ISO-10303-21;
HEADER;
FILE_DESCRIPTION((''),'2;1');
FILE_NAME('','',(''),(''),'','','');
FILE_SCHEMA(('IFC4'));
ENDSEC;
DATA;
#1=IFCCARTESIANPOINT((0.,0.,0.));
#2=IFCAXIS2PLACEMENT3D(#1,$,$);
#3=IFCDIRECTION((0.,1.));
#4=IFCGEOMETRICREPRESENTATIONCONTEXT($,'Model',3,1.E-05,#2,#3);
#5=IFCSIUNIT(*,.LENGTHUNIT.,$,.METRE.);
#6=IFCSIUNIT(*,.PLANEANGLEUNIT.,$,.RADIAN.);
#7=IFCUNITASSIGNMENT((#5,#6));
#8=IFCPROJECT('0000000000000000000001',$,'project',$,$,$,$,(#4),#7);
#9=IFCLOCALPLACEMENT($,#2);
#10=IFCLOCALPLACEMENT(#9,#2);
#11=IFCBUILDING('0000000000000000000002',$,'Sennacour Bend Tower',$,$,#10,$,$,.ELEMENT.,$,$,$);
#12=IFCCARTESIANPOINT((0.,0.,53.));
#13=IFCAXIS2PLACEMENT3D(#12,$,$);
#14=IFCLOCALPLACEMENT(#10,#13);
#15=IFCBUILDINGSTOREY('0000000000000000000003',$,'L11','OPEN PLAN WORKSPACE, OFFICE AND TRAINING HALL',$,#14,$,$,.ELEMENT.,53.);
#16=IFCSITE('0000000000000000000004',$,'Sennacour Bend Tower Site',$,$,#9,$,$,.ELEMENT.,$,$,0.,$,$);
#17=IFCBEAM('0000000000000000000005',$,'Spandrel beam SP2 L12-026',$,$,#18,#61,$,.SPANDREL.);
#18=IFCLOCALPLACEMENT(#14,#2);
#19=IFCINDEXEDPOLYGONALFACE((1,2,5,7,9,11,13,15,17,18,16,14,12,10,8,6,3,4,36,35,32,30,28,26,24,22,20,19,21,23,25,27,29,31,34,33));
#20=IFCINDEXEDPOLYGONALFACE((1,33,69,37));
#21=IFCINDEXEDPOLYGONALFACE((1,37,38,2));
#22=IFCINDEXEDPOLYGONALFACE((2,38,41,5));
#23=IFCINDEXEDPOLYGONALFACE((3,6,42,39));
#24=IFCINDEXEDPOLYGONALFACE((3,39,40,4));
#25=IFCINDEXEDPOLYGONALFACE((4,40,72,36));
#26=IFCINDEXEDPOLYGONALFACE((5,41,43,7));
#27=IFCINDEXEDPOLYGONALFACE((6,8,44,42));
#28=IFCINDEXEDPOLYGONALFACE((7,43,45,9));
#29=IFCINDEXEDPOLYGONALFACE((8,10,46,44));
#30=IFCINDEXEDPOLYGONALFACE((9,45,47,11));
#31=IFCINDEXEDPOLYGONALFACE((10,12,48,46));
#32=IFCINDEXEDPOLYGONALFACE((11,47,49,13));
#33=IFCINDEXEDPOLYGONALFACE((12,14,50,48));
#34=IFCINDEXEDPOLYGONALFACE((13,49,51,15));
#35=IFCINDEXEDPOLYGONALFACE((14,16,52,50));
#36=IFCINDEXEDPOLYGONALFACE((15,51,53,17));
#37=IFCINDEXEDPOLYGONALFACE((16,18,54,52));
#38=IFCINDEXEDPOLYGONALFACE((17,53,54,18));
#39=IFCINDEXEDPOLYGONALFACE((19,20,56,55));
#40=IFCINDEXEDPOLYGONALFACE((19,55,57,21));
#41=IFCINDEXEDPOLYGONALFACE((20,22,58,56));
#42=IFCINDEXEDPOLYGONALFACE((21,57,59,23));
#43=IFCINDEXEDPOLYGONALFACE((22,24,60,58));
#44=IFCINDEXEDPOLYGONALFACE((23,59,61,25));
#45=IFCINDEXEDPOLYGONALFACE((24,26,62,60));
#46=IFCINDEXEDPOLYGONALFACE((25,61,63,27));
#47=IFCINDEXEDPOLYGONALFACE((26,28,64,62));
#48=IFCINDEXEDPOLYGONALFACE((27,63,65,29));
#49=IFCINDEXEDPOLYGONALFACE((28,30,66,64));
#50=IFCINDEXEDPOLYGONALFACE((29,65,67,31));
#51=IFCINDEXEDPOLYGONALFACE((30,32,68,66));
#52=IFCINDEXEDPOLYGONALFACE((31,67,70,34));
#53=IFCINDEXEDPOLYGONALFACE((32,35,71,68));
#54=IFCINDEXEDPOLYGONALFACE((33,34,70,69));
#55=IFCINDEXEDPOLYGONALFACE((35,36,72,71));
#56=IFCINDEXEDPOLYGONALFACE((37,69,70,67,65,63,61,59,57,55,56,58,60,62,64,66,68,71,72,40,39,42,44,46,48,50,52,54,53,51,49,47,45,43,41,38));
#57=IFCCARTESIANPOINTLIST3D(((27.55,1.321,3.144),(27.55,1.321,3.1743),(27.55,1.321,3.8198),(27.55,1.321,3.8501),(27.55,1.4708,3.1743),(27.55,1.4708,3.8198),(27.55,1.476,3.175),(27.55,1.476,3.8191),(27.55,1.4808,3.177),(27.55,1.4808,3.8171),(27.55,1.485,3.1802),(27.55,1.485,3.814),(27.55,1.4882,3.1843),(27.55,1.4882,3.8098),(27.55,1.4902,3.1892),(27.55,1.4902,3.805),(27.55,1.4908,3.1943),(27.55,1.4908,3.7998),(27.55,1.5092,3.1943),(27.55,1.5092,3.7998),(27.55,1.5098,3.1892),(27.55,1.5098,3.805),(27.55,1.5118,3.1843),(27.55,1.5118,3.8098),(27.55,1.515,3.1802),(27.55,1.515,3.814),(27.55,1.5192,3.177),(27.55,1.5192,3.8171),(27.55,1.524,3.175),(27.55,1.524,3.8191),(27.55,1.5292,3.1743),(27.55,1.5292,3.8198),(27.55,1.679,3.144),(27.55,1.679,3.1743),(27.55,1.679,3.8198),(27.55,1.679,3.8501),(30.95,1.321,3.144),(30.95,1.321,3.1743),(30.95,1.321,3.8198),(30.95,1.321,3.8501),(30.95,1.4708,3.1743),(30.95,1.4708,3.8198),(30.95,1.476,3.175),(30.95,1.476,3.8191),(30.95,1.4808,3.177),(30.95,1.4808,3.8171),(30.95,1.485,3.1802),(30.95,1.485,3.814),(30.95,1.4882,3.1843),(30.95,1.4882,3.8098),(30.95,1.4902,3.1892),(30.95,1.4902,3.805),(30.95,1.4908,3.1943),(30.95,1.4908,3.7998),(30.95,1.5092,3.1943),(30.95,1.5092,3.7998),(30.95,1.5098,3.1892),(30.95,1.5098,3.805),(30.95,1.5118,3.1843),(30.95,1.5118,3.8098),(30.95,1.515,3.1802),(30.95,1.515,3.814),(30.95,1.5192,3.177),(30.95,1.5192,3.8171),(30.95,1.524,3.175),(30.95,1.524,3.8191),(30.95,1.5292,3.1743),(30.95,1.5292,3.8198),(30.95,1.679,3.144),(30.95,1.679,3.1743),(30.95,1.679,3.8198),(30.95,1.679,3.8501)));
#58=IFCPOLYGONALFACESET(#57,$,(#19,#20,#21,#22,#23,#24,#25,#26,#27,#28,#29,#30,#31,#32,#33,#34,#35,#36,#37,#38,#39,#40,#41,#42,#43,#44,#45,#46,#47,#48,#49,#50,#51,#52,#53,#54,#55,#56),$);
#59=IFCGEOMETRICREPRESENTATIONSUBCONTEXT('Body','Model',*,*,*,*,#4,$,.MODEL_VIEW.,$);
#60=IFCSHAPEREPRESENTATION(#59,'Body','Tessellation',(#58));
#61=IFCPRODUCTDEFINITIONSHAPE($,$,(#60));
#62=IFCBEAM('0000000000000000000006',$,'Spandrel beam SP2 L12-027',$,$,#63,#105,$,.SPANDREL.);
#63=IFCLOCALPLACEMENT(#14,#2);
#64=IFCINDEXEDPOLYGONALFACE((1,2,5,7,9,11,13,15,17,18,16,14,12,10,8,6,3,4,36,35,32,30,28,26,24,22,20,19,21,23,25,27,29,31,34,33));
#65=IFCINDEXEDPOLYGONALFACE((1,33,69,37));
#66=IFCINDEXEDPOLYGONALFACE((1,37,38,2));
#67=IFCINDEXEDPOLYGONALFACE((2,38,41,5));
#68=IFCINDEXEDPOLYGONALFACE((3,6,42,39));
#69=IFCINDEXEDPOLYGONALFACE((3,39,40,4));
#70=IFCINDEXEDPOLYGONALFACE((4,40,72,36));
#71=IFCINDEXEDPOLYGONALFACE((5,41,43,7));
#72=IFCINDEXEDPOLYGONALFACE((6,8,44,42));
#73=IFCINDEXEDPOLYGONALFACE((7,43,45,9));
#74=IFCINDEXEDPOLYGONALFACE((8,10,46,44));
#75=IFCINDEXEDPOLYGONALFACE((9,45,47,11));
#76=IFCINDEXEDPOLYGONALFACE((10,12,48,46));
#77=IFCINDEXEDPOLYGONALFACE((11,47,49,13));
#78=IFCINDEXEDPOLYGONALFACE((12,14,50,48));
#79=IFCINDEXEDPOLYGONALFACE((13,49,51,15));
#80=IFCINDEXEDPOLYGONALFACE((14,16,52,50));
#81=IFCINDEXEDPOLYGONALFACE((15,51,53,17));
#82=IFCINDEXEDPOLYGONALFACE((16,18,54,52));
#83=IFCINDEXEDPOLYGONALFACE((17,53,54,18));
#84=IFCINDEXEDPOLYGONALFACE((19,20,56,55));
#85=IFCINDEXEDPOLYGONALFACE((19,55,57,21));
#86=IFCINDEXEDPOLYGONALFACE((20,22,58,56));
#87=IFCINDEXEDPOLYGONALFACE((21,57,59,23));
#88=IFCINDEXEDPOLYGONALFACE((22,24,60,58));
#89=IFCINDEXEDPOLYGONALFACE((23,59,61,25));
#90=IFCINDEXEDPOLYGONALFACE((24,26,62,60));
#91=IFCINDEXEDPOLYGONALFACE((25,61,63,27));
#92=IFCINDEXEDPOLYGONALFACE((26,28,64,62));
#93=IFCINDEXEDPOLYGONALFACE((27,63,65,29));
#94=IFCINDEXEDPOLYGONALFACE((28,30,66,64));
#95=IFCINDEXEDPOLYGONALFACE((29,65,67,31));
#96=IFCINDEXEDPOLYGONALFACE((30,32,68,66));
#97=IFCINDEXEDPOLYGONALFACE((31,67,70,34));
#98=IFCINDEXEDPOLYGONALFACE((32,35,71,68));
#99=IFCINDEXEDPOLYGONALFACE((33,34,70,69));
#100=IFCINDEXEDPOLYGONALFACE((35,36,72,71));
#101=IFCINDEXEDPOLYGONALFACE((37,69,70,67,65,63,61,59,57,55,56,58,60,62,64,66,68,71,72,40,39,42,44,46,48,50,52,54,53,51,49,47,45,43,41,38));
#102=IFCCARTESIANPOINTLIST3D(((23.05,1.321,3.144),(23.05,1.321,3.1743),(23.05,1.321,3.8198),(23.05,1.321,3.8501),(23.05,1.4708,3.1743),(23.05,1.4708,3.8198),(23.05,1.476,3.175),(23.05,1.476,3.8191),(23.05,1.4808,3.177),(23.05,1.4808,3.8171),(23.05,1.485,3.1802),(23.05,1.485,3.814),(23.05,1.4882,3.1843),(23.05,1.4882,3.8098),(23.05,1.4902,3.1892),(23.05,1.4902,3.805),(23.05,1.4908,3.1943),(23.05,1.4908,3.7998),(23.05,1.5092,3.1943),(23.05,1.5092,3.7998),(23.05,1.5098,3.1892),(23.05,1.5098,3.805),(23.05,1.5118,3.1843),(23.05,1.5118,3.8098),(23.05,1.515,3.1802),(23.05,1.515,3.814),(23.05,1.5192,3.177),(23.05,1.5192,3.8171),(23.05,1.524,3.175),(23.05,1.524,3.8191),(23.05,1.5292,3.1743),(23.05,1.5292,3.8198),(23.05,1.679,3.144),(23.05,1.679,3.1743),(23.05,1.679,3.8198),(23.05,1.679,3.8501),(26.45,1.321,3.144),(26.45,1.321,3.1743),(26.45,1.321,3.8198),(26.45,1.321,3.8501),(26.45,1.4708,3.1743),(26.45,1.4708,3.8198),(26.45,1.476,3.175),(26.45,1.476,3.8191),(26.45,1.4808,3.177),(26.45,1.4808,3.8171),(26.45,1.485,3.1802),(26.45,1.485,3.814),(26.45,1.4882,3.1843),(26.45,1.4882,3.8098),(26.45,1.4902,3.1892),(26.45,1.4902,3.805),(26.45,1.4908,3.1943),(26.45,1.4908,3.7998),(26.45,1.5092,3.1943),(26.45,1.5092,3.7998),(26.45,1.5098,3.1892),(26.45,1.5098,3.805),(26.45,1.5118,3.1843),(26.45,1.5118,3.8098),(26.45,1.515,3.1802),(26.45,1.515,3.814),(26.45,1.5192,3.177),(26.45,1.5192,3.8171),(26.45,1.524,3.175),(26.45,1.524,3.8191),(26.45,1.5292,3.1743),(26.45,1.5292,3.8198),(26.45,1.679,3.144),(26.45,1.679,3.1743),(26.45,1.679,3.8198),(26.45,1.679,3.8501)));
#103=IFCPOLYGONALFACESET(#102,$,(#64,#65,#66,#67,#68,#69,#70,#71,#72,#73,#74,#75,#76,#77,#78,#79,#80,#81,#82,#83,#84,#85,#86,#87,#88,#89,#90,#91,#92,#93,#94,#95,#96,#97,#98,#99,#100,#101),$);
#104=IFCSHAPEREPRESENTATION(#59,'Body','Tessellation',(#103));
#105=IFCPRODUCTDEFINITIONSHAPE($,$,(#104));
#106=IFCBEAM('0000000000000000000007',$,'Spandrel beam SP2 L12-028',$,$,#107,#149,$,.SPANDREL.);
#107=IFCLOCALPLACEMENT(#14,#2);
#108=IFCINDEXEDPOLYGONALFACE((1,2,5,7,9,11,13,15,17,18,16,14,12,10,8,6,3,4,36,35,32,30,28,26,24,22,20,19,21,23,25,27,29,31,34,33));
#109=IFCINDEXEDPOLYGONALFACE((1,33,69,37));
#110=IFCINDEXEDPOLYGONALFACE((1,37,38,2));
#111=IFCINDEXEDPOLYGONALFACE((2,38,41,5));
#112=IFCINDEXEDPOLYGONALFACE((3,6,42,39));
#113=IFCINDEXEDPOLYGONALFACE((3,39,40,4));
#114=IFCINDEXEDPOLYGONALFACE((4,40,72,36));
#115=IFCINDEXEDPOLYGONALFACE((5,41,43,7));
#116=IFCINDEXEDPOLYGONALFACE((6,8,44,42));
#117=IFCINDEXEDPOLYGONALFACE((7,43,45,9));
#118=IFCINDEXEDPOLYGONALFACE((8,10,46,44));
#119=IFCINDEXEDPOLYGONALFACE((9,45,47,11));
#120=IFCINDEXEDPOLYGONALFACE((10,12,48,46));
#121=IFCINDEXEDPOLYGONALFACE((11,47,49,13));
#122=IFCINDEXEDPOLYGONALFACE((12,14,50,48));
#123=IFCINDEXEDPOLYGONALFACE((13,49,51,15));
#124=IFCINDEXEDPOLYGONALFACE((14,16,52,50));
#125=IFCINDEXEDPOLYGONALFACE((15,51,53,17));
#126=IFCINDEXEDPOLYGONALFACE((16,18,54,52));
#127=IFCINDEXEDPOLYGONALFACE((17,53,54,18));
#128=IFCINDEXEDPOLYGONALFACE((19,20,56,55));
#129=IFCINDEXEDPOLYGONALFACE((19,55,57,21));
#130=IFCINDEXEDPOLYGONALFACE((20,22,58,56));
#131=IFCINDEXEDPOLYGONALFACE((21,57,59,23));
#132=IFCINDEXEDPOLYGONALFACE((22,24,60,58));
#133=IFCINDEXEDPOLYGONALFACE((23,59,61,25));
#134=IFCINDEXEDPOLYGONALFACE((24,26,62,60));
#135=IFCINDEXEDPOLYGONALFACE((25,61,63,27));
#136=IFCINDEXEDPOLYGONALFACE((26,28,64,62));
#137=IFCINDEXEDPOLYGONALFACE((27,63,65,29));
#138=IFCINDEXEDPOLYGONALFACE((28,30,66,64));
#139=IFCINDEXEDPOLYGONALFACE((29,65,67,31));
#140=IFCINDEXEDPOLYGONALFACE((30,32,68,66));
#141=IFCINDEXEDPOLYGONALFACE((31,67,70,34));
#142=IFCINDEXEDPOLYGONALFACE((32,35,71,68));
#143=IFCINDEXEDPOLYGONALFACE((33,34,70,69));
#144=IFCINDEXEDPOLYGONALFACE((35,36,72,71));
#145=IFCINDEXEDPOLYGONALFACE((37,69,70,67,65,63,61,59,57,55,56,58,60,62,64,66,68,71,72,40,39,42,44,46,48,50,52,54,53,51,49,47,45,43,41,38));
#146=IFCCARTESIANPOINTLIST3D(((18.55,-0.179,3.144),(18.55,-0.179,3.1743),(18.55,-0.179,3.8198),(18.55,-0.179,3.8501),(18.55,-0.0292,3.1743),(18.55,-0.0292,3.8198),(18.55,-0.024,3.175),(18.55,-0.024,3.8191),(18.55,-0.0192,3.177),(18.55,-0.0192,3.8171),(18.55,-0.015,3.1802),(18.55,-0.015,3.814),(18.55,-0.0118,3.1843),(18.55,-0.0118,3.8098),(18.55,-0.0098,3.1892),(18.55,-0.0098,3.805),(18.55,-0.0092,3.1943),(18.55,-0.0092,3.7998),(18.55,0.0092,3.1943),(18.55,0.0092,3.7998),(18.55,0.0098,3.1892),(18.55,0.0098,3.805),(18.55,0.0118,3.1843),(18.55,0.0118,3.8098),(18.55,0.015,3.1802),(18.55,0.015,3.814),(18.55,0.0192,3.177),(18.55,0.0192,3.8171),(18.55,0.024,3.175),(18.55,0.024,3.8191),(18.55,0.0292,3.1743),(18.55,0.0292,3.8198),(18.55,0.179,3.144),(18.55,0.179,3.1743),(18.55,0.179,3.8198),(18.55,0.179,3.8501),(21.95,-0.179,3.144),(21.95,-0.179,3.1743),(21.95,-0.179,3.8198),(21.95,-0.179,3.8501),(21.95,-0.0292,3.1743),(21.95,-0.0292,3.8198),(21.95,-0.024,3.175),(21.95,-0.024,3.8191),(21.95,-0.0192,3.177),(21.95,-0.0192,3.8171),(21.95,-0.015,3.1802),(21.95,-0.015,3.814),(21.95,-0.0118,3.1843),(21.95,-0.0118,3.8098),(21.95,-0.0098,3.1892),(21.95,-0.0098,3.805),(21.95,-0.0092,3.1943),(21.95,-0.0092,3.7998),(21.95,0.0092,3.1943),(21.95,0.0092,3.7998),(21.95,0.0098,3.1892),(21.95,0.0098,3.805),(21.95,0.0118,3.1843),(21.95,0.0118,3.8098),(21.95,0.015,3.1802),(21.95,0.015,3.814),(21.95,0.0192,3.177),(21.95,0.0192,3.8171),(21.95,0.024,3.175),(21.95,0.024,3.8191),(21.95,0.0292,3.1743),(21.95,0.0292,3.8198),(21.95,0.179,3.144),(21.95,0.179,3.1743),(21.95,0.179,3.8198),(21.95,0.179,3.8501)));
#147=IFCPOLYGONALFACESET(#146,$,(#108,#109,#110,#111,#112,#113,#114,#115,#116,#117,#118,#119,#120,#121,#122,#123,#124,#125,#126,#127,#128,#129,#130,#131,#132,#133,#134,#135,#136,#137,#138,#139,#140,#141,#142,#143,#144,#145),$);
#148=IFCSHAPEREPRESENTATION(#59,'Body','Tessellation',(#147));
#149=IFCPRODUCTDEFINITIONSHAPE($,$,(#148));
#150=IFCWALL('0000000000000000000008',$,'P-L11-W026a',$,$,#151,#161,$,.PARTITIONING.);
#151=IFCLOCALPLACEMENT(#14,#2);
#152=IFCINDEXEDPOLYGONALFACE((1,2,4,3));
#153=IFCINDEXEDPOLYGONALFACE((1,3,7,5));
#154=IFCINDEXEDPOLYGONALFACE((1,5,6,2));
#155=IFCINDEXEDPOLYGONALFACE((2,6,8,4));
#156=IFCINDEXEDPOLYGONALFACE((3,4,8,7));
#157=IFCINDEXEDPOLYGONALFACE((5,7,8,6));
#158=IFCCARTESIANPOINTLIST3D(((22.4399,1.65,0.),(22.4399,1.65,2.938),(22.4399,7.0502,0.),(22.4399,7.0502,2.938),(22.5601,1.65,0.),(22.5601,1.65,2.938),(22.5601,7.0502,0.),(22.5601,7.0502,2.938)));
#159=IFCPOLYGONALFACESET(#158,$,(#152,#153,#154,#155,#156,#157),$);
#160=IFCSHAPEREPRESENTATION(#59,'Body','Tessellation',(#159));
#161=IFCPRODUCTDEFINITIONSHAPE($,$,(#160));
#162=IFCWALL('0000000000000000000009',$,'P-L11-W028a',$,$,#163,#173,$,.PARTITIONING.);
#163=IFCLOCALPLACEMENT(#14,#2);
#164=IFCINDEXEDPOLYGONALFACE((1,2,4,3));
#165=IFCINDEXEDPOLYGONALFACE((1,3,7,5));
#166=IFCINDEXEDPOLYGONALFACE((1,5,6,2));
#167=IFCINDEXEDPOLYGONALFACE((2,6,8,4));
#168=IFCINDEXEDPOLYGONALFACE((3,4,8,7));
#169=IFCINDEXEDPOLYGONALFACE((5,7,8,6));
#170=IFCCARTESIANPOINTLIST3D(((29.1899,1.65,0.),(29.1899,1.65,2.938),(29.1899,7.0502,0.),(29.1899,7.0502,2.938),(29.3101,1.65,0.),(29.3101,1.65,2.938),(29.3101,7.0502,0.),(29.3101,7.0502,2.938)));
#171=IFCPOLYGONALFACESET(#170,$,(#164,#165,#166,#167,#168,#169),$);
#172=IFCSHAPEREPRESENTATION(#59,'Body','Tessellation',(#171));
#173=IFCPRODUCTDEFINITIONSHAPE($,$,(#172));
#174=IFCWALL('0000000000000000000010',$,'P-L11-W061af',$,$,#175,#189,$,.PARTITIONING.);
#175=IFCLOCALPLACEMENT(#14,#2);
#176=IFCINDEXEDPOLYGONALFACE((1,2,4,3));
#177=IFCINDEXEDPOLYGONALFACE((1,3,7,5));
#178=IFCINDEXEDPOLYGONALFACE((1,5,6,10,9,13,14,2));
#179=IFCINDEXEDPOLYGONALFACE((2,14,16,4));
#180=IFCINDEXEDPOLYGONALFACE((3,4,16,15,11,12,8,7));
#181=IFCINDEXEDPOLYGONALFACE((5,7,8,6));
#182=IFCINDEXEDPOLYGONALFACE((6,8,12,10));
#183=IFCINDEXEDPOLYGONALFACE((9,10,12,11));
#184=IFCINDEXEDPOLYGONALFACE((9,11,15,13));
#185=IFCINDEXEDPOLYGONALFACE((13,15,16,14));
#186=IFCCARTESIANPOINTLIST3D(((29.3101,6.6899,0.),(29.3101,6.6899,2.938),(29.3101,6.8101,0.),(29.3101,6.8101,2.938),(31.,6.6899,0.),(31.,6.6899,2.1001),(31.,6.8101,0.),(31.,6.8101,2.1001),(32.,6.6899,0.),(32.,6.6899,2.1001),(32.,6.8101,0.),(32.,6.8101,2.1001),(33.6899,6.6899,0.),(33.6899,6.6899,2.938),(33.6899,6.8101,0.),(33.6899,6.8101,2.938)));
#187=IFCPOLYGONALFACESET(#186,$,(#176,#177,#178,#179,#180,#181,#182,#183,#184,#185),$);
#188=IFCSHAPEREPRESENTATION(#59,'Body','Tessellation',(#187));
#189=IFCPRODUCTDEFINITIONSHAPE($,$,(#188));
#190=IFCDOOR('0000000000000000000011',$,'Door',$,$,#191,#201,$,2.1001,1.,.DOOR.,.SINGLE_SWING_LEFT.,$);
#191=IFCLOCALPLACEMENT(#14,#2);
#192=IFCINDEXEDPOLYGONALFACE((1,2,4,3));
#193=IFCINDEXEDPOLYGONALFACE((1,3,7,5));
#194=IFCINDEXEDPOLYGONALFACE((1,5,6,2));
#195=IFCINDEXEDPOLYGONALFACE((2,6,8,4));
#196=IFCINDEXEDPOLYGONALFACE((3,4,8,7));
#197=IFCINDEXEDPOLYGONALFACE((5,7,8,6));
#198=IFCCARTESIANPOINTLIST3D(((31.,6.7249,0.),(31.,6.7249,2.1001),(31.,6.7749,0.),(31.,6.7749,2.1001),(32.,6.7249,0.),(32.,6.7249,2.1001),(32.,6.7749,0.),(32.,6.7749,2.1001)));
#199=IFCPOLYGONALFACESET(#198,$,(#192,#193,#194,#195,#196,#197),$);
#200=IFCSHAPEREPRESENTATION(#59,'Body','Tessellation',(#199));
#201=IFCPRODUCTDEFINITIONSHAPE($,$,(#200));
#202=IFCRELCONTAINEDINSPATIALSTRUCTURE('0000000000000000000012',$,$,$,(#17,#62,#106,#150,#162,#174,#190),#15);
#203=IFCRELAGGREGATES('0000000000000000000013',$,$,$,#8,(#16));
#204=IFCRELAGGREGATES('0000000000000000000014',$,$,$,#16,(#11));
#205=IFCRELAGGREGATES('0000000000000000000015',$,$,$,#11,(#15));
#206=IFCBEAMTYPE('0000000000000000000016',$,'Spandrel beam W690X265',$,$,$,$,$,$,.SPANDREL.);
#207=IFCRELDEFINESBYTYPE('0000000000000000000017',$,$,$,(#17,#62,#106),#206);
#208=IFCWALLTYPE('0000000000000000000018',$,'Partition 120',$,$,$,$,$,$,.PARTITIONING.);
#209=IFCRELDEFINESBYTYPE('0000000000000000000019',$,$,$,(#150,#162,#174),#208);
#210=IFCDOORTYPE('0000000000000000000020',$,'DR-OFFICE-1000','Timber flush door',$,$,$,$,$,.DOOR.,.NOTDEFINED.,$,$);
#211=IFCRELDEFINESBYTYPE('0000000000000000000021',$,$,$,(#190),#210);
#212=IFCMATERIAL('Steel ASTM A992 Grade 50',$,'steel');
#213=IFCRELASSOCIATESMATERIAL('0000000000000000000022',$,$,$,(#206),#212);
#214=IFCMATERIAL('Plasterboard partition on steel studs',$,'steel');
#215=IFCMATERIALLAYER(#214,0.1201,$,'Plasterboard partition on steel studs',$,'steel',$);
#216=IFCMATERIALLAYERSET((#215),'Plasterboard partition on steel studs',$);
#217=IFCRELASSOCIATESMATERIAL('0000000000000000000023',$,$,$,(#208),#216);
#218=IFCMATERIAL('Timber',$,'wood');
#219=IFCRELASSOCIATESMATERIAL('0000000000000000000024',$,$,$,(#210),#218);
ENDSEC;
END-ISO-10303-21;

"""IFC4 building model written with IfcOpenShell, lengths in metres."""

from ifc_helpers import new_model, si_unit, direction, frame, frame_2d, origin, origin_2d, place, context, subcontext, project, spatial, rectangle, i_section, extrude, material, layer, layer_set, material_profile, profile_set, type_object, element, fill, save


model = new_model("IFC4")

# Units and contexts
model_context = context("Model", 3, precision=1e-05, world=origin(), true_north=direction((0.0, 1.0)))
body_context = subcontext(model_context, "Body", "Model", "MODEL_VIEW")
ifc_project = project(units=[si_unit("LENGTHUNIT", "METRE"), si_unit("PLANEANGLEUNIT", "RADIAN")], contexts=[model_context])

# Site, building, storey
site_placement = place(None, origin())
site = spatial("IfcSite", under=ifc_project, at=site_placement, Name="Sennacour Bend Tower Site", CompositionType="ELEMENT", RefElevation=0.0)
building_placement = place(site_placement, origin())
building = spatial("IfcBuilding", under=site, at=building_placement, Name="Sennacour Bend Tower", CompositionType="ELEMENT")
storey_placement = place(building_placement, frame((0.0, 0.0, 53.0)))
storey = spatial("IfcBuildingStorey", under=building, at=storey_placement, Name="L11", Description="OPEN PLAN WORKSPACE, OFFICE AND TRAINING HALL", CompositionType="ELEMENT", Elevation=53.0)

# Beams
ifc_material_1 = material(Name="Steel ASTM A992 Grade 50", Category="steel")
ifc_material_profile_1 = material_profile(ifc_material_1, i_section(OverallWidth=0.3579, OverallDepth=0.7061, WebThickness=0.0183, FlangeThickness=0.0303, FilletRadius=0.02, at=origin_2d()), Name="Steel ASTM A992 Grade 50", Category="steel")
ifc_profile_set_1 = profile_set([ifc_material_profile_1], Name="Steel ASTM A992 Grade 50")
beam_type_1 = type_object("IfcBeamType", Name="Spandrel beam W690X265", PredefinedType="SPANDREL", material=ifc_profile_set_1)
for number, where, z_axis, x_axis, name in (
    (1, (30.95, 1.5, 3.4971), (-1.0, 0.0, 0.0), (0.0, -1.0, 0.0), "Spandrel beam SP2 L12-026"),
    (2, (26.45, 1.5, 3.4971), (-1.0, 0.0, 0.0), (0.0, -1.0, 0.0), "Spandrel beam SP2 L12-027"),
    (3, (21.95, 0.0, 3.4971), (-1.0, 0.0, 0.0), (0.0, -1.0, 0.0), "Spandrel beam SP2 L12-028"),
):
    element("IfcBeam", number, at=place(storey_placement, frame(where, z_axis=z_axis, x_axis=x_axis)), inside=storey, type_object=beam_type_1, Name=name, PredefinedType="SPANDREL", context=body_context, shape_type="SweptSolid", body=[
        extrude(i_section(OverallWidth=0.3579, OverallDepth=0.7061, WebThickness=0.0183, FlangeThickness=0.0303, FilletRadius=0.02, at=origin_2d()), origin(), (0.0, 0.0, 1.0), 3.3999),
    ])

# Walls
ifc_material_2 = material(Name="Plasterboard partition on steel studs", Category="steel")
ifc_layer_1 = layer(ifc_material_2, 0.1201, Name="Plasterboard partition on steel studs", Category="steel")
ifc_layer_set_1 = layer_set([ifc_layer_1], Name="Plasterboard partition on steel studs")
wall_type_1 = type_object("IfcWallType", Name="Partition 120", PredefinedType="PARTITIONING", material=ifc_layer_set_1)
for number, where, z_axis, x_axis, name in (
    (4, (22.5, 1.6499, 0.0), (0.0, 0.0, 1.0), (0.0, 1.0, 0.0), "P-L11-W026a"),
    (5, (29.25, 1.6499, 0.0), (0.0, 0.0, 1.0), (0.0, 1.0, 0.0), "P-L11-W028a"),
):
    element("IfcWall", number, at=place(storey_placement, frame(where, z_axis=z_axis, x_axis=x_axis)), inside=storey, type_object=wall_type_1, Name=name, PredefinedType="PARTITIONING", context=body_context, shape_type="SweptSolid", body=[
        extrude(rectangle(XDim=5.4001, YDim=0.1201, at=frame_2d((2.7002, 0.0))), origin(), (0.0, 0.0, 1.0), 2.938),
    ])

# Wall, opening, door
wall_1_placement = place(storey_placement, frame((29.3101, 6.75, 0.0), z_axis=(0.0, 0.0, 1.0), x_axis=(1.0, 0.0, 0.0)))
wall_1 = element("IfcWall", 6, at=wall_1_placement, inside=storey, type_object=wall_type_1, Name="P-L11-W061af", PredefinedType="PARTITIONING", context=body_context, shape_type="SweptSolid", body=[
    extrude(rectangle(XDim=4.3799, YDim=0.1201, at=frame_2d((2.1899, 0.0))), origin(), (0.0, 0.0, 1.0), 2.938),
])
opening_1_placement = place(wall_1_placement, frame((1.6899, 0.0, 0.0)))
opening_1 = element("IfcOpeningElement", 7, at=opening_1_placement, cuts=wall_1, PredefinedType="OPENING", context=body_context, shape_type="SweptSolid", body=[
    extrude(rectangle(XDim=1.0, YDim=2.1001, at=frame_2d((0.5, 1.05))), frame((0.0, 0.0701, 0.0), z_axis=(0.0, -1.0, 0.0), x_axis=(1.0, 0.0, 0.0)), (0.0, 0.0, 1.0), 0.1401),
])
ifc_material_3 = material(Name="Timber", Category="wood")
door_type_1 = type_object("IfcDoorType", Name="DR-OFFICE-1000", Description="Timber flush door", OperationType="NOTDEFINED", PredefinedType="DOOR", material=ifc_material_3)
door_1_placement = place(opening_1_placement, origin())
door_1 = element("IfcDoor", 8, at=door_1_placement, inside=storey, type_object=door_type_1, Name="Door", OperationType="SINGLE_SWING_LEFT", OverallHeight=2.1001, OverallWidth=1.0, PredefinedType="DOOR", context=body_context, shape_type="SweptSolid", body=[
    extrude(rectangle(XDim=1.0, YDim=2.1001, at=frame_2d((0.5, 1.05))), frame((0.0, 0.0249, 0.0), z_axis=(0.0, -1.0, 0.0), x_axis=(1.0, 0.0, 0.0)), (0.0, 0.0, 1.0), 0.05),
])
fill(opening_1, door_1)

save(model, "model.ifc")
